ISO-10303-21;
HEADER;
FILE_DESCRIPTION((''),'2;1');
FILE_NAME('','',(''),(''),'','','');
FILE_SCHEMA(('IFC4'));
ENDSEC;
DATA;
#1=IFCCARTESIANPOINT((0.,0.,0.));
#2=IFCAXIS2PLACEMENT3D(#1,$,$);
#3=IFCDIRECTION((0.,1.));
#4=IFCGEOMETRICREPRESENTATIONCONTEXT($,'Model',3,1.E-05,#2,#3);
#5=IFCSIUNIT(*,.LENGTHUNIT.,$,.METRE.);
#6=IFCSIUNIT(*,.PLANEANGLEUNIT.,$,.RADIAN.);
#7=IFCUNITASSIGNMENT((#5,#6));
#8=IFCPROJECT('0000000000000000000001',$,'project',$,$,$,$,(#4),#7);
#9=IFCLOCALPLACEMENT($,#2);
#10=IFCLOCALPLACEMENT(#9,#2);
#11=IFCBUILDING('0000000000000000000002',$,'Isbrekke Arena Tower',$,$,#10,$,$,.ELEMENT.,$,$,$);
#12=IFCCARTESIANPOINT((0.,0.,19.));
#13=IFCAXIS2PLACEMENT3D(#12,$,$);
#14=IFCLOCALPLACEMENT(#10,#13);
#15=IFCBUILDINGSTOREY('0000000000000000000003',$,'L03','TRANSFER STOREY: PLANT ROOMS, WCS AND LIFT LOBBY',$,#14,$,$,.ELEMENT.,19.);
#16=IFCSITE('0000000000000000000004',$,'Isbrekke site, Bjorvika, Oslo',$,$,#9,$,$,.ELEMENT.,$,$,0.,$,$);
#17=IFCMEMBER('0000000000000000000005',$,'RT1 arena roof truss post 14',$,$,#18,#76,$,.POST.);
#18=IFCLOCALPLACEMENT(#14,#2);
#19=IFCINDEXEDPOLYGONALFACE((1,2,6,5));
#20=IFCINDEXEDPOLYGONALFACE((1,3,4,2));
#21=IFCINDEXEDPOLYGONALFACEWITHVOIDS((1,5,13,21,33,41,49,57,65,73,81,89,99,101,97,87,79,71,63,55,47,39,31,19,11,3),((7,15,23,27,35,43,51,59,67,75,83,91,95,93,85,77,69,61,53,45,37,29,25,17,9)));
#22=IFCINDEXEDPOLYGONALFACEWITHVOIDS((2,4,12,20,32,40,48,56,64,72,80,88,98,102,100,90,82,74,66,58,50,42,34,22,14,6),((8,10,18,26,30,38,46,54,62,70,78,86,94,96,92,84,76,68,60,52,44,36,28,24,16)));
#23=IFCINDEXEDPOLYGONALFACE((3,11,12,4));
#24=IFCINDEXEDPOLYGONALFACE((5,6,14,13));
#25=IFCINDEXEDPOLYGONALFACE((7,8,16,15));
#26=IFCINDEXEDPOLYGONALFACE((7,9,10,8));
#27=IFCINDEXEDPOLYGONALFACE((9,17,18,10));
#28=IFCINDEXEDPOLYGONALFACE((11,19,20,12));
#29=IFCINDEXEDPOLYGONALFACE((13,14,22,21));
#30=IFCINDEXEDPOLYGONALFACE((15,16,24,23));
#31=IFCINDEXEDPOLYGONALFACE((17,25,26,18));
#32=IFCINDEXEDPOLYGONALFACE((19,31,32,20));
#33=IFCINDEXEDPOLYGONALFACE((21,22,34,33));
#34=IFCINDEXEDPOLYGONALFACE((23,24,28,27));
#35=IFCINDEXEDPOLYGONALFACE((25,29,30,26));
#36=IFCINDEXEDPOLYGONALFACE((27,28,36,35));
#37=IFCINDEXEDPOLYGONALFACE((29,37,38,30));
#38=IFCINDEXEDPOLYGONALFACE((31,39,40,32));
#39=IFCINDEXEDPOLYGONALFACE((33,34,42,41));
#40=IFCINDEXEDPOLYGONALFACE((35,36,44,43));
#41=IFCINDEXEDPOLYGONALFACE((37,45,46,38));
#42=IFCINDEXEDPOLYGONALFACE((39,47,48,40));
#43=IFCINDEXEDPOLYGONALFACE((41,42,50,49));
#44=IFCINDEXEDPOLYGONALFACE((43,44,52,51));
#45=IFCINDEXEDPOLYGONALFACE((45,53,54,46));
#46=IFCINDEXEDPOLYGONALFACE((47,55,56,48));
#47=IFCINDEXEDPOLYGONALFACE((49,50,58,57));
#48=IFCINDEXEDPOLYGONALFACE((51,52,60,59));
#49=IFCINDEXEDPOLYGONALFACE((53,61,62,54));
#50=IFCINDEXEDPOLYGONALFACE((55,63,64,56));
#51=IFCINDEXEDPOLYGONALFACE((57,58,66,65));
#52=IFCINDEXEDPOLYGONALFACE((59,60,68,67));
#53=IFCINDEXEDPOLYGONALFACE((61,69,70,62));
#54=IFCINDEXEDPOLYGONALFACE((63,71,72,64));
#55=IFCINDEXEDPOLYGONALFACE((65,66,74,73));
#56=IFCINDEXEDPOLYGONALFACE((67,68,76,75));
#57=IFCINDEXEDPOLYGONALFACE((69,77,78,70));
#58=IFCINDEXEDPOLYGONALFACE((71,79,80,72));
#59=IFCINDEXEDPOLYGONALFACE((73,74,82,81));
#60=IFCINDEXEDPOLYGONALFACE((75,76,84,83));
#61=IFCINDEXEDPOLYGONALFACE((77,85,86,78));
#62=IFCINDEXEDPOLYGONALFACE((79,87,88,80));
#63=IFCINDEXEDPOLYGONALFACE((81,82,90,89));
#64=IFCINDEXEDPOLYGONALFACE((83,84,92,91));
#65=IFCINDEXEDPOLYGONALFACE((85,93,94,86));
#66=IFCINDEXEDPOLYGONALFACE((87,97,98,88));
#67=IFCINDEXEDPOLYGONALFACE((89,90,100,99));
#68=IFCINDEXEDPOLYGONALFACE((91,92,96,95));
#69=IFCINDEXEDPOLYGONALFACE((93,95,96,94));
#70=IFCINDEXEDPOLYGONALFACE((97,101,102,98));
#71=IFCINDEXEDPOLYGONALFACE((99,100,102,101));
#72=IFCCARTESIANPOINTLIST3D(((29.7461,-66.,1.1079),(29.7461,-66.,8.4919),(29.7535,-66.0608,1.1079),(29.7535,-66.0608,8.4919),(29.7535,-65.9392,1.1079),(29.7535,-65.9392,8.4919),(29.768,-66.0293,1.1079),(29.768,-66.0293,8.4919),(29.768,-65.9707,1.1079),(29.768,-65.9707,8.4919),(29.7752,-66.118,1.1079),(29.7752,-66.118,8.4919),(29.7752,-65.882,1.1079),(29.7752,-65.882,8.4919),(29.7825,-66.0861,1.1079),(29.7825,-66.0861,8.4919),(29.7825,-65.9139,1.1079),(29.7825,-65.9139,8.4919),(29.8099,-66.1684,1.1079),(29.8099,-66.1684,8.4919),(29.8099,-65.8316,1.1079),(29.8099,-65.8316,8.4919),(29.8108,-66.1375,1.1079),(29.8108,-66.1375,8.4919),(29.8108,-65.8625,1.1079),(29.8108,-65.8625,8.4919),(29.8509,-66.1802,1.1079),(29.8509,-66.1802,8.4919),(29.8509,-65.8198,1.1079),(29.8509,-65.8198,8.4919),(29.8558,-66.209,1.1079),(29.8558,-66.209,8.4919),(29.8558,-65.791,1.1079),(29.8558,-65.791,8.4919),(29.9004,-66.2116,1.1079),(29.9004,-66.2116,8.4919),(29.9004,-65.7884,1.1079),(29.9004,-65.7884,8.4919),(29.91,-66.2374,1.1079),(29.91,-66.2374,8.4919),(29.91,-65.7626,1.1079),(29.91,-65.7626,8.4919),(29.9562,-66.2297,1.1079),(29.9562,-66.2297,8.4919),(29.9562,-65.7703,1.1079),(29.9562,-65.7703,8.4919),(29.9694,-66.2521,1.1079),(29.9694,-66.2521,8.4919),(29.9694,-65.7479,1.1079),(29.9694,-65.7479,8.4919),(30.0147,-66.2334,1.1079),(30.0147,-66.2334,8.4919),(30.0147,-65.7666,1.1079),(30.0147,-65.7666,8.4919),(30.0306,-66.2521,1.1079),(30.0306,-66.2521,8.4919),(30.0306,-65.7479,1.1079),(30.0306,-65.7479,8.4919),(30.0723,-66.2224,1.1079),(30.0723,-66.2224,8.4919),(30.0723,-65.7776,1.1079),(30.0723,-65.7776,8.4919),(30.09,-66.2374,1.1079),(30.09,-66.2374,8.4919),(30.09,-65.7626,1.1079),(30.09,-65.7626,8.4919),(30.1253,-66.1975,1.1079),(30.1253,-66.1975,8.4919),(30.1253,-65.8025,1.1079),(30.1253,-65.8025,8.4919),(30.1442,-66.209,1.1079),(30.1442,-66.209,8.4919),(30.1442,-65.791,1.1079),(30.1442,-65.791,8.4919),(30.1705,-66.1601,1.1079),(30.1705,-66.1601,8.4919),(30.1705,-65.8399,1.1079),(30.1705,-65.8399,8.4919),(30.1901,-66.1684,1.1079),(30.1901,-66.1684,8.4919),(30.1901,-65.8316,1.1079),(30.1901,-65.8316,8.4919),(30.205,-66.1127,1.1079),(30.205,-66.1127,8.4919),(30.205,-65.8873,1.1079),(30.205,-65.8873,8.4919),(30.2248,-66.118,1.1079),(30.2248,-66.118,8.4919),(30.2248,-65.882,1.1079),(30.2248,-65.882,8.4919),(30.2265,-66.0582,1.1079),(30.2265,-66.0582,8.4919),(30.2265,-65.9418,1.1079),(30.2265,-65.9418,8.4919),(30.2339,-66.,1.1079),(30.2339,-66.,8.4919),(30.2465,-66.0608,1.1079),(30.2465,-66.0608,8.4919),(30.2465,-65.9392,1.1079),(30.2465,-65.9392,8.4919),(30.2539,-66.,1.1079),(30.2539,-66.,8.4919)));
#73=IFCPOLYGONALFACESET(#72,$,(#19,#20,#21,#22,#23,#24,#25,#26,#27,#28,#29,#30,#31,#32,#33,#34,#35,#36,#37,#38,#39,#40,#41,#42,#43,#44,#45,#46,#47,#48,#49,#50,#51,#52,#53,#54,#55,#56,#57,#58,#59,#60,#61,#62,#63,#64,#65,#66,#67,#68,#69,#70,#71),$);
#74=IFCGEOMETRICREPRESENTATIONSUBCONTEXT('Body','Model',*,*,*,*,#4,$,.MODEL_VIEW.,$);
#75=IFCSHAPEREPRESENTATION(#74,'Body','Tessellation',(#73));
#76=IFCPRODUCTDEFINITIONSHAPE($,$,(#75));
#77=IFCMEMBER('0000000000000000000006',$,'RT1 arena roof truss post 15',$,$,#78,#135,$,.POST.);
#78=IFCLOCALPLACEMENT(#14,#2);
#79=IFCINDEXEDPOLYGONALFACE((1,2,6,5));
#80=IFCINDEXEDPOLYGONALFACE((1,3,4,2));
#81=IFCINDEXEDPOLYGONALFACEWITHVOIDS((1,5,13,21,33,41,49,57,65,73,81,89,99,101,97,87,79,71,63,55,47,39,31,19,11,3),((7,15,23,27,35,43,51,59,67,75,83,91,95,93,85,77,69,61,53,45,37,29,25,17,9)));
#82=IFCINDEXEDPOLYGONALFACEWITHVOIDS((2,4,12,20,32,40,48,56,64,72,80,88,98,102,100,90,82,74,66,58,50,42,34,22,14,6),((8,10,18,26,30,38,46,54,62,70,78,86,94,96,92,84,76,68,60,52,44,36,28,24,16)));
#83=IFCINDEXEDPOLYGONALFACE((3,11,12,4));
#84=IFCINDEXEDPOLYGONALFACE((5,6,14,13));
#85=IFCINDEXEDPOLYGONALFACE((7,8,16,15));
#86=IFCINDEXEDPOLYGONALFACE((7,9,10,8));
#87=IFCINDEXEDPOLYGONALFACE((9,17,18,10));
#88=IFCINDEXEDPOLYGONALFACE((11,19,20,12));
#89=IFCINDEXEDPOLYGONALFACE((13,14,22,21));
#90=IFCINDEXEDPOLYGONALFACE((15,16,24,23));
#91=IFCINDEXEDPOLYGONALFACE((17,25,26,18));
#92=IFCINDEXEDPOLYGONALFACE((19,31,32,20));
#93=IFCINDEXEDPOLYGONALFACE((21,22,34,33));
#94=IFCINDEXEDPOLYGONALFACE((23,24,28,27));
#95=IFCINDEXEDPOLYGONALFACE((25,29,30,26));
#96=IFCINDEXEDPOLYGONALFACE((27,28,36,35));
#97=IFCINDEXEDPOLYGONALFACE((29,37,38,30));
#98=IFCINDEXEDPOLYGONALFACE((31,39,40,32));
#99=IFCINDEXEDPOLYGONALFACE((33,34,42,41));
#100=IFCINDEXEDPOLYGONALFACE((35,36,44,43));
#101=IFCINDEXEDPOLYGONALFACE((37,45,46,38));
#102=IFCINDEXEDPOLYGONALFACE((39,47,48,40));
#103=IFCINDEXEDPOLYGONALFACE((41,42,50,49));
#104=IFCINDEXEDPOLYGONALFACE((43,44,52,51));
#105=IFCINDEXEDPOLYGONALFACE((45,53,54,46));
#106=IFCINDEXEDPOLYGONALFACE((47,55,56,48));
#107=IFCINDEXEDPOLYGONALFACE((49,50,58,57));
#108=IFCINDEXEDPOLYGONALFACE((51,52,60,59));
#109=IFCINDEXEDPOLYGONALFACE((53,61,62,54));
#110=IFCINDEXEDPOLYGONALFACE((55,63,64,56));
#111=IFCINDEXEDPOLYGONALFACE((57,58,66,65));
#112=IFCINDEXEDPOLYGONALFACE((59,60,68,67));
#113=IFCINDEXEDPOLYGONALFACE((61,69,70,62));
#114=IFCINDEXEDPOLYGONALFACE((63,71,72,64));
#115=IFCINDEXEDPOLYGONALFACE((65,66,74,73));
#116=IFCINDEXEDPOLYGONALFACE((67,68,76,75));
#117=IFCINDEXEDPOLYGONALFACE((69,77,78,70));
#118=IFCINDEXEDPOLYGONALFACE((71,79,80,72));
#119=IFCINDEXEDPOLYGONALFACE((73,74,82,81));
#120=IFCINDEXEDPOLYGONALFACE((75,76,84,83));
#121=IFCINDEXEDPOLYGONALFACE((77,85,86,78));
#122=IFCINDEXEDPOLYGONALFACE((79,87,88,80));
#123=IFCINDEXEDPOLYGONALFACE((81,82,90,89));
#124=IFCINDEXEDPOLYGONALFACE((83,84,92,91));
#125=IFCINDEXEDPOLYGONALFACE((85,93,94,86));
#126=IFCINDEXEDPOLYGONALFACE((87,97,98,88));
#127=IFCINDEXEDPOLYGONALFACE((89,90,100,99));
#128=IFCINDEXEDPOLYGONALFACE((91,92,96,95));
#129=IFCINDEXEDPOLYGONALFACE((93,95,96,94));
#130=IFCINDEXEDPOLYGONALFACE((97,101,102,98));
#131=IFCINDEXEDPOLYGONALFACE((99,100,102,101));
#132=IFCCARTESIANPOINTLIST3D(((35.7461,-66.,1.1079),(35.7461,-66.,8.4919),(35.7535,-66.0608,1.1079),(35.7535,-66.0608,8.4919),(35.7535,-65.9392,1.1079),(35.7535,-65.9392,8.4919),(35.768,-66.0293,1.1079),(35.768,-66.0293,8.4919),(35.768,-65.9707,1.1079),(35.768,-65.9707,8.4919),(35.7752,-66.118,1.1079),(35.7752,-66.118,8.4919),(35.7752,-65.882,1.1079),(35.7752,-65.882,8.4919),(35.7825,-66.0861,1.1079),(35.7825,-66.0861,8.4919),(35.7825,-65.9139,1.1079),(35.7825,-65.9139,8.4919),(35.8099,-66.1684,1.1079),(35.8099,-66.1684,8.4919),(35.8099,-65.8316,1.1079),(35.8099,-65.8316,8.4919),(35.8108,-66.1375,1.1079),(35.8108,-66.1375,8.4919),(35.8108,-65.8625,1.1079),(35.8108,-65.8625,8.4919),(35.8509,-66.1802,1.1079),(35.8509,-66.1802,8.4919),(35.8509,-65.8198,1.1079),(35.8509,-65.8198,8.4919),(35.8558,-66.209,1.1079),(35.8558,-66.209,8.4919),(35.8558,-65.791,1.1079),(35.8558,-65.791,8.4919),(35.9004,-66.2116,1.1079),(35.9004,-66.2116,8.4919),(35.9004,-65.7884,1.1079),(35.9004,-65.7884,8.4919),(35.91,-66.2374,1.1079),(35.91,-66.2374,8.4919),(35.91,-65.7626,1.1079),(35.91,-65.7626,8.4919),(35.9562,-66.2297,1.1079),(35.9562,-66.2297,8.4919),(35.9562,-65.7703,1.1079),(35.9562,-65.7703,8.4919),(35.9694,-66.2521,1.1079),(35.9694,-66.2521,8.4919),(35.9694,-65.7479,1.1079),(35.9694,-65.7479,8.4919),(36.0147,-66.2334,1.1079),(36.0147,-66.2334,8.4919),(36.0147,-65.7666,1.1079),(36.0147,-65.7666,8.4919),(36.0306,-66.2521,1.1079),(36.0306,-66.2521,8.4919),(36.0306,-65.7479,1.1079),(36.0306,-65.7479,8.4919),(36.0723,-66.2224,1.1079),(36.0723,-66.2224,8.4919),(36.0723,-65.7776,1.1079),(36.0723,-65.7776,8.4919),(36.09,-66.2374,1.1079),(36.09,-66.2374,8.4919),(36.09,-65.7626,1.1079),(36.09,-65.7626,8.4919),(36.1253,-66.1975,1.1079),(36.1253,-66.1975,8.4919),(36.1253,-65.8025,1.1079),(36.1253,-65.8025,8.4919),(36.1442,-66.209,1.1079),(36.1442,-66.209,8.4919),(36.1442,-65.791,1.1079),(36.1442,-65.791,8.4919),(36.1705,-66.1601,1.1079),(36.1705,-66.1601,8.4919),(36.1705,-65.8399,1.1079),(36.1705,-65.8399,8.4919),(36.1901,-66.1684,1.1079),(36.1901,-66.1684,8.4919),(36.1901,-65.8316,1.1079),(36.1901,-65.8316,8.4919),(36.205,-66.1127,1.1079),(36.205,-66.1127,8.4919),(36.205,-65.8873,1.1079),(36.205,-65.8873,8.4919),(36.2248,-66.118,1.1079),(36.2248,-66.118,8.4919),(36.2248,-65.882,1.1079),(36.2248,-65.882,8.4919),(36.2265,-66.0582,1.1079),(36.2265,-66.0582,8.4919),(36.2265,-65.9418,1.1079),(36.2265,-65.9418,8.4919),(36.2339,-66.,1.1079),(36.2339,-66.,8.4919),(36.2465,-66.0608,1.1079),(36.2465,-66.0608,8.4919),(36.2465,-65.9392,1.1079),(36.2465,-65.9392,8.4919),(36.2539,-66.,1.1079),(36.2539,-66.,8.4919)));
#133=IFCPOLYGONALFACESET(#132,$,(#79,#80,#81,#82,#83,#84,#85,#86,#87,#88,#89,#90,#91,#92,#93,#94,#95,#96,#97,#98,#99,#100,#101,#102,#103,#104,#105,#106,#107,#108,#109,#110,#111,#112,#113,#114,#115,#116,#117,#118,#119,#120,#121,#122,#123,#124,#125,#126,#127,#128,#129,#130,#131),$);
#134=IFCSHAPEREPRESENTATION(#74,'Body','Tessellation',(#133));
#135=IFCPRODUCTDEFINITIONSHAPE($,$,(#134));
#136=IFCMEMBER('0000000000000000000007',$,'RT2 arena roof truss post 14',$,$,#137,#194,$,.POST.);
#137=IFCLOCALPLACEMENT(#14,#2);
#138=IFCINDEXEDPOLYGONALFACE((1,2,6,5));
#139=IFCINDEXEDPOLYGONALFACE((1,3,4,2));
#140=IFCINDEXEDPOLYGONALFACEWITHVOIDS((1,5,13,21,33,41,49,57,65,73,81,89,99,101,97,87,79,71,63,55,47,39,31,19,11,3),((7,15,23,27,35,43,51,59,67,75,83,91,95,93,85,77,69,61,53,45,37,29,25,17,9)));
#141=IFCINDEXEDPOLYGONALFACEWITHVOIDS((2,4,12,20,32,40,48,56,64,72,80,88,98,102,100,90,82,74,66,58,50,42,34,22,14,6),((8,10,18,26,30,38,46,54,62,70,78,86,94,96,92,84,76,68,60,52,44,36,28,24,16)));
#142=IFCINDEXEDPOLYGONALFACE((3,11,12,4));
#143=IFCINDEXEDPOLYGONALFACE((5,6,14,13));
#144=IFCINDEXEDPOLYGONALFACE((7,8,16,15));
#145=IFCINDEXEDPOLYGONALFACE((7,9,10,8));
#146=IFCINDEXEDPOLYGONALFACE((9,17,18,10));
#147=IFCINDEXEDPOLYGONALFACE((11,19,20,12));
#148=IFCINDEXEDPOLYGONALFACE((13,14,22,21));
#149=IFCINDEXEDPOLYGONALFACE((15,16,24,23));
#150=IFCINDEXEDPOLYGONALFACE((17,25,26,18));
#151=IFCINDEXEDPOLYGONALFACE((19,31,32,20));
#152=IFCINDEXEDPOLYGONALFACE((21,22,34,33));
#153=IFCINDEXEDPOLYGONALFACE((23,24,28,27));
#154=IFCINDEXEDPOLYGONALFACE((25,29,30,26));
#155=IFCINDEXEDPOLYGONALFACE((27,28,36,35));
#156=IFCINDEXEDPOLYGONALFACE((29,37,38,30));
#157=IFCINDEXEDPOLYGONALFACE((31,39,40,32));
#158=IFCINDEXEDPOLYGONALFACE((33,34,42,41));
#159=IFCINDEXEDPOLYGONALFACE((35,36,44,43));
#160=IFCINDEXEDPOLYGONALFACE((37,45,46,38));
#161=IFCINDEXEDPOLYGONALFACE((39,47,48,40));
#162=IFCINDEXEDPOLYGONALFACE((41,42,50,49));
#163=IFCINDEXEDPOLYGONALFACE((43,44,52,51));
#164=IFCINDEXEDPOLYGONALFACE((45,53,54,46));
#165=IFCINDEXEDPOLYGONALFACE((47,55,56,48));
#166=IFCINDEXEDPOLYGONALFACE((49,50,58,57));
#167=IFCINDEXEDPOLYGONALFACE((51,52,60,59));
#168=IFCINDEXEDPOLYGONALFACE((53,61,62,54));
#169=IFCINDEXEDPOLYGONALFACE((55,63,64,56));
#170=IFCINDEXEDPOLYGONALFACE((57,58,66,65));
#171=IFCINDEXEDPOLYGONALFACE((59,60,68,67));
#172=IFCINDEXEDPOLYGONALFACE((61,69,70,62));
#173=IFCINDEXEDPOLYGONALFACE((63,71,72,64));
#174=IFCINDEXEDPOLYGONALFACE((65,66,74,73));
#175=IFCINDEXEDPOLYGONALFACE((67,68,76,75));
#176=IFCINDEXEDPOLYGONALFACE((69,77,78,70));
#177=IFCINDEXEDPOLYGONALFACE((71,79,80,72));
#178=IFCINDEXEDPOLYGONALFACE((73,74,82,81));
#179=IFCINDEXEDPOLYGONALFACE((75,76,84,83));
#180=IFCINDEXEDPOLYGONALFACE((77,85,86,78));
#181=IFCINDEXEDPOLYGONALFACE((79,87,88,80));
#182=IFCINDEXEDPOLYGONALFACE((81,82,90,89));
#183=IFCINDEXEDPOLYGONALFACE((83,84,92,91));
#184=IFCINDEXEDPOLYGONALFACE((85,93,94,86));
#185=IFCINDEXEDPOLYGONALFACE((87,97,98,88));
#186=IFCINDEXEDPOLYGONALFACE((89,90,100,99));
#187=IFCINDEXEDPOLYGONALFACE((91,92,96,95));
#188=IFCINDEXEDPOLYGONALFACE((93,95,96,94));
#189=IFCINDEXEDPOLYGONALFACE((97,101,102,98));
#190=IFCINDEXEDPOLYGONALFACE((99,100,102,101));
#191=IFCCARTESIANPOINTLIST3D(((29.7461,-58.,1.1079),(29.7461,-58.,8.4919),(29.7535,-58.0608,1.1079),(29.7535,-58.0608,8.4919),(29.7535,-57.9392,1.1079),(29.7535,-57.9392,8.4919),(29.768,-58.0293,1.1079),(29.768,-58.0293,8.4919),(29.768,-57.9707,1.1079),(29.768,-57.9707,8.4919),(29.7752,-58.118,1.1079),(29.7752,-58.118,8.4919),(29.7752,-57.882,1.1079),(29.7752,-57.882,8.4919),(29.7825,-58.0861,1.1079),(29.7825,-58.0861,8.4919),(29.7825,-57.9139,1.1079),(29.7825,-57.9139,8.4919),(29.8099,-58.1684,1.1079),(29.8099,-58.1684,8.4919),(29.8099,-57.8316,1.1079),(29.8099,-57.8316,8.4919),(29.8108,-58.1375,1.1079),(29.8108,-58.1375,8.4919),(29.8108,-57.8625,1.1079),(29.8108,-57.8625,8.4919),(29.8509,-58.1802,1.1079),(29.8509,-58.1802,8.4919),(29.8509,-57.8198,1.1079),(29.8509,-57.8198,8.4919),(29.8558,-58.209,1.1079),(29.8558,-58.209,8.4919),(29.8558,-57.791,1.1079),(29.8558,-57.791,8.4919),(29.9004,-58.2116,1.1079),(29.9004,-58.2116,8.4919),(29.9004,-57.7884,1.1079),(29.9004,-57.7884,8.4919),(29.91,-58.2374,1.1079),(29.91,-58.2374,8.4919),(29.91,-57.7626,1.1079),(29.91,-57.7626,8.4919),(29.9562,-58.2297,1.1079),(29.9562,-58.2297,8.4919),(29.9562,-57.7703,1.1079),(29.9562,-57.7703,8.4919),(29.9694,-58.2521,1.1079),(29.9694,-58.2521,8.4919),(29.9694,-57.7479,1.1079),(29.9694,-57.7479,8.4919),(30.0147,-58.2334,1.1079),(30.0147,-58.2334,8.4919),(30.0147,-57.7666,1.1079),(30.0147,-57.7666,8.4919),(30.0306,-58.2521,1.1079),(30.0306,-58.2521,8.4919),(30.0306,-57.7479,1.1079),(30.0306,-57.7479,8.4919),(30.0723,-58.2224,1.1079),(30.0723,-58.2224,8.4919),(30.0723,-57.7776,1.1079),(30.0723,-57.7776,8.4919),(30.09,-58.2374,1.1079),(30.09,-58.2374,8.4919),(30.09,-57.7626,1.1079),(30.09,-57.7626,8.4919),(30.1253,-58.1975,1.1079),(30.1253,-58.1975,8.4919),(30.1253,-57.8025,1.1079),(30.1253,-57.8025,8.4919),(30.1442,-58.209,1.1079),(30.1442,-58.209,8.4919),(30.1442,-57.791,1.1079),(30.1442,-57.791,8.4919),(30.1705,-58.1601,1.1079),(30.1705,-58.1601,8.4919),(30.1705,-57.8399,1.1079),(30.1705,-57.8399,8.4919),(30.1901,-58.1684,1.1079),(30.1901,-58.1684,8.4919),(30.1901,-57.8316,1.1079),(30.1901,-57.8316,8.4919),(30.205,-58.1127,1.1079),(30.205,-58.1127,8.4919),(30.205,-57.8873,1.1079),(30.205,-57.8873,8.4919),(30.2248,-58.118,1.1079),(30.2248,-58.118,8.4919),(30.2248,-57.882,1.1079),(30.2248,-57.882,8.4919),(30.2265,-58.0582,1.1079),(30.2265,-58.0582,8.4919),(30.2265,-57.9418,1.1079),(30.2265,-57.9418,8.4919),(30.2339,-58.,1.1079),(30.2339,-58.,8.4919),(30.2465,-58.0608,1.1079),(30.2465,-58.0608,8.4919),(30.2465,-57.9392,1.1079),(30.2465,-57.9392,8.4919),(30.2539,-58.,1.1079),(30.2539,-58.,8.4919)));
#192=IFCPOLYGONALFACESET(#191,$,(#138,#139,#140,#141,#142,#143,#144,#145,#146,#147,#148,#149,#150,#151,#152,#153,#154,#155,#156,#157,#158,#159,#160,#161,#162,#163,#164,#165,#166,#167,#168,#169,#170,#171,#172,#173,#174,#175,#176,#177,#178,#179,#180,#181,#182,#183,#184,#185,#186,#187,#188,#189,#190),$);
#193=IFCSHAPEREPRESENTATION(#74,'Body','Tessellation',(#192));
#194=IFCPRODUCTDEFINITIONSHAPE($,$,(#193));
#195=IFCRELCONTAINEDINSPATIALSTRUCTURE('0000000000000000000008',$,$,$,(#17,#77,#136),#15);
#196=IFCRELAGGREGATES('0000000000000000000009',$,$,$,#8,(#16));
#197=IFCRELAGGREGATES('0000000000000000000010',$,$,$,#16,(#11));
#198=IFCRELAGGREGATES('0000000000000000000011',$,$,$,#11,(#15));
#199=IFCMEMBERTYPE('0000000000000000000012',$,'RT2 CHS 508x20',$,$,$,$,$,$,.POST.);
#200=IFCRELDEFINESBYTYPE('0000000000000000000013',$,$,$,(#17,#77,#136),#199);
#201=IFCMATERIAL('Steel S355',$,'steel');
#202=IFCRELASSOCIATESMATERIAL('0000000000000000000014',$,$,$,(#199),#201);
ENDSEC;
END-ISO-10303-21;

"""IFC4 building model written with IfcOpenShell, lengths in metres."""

from ifc_helpers import new_model, si_unit, direction, frame, origin, origin_2d, place, context, subcontext, project, spatial, hollow_circle, extrude, material, material_profile, profile_set, type_object, element, save


model = new_model("IFC4")

# Units and contexts
model_context = context("Model", 3, precision=1e-05, world=origin(), true_north=direction((0.0, 1.0)))
body_context = subcontext(model_context, "Body", "Model", "MODEL_VIEW")
ifc_project = project(units=[si_unit("LENGTHUNIT", "METRE"), si_unit("PLANEANGLEUNIT", "RADIAN")], contexts=[model_context])

# Site, building, storey
site_placement = place(None, origin())
site = spatial("IfcSite", under=ifc_project, at=site_placement, Name="Isbrekke site, Bjorvika, Oslo", CompositionType="ELEMENT", RefElevation=0.0)
building_placement = place(site_placement, origin())
building = spatial("IfcBuilding", under=site, at=building_placement, Name="Isbrekke Arena Tower", CompositionType="ELEMENT")
storey_placement = place(building_placement, frame((0.0, 0.0, 19.0)))
storey = spatial("IfcBuildingStorey", under=building, at=storey_placement, Name="L03", Description="TRANSFER STOREY: PLANT ROOMS, WCS AND LIFT LOBBY", CompositionType="ELEMENT", Elevation=19.0)

# Members
ifc_material_1 = material(Name="Steel S355", Category="steel")
ifc_material_profile_1 = material_profile(ifc_material_1, hollow_circle(Radius=0.2539, WallThickness=0.02, at=origin_2d()), Name="CHS 508x20")
ifc_profile_set_1 = profile_set([ifc_material_profile_1], Name="Steel S355")
member_type_1 = type_object("IfcMemberType", Name="RT2 CHS 508x20", PredefinedType="POST", material=ifc_profile_set_1)
for number, where, z_axis, x_axis, name in (
    (1, (30.0, -66.0, 1.1079), (0.0, 0.0, 1.0), (1.0, 0.0, 0.0), "RT1 arena roof truss post 14"),
    (2, (36.0, -66.0, 1.1079), (0.0, 0.0, 1.0), (1.0, 0.0, 0.0), "RT1 arena roof truss post 15"),
    (3, (30.0, -58.0, 1.1079), (0.0, 0.0, 1.0), (1.0, 0.0, 0.0), "RT2 arena roof truss post 14"),
):
    element("IfcMember", number, at=place(storey_placement, frame(where, z_axis=z_axis, x_axis=x_axis)), inside=storey, type_object=member_type_1, Name=name, PredefinedType="POST", context=body_context, shape_type="SweptSolid", body=[
        extrude(hollow_circle(Radius=0.2539, WallThickness=0.02, at=origin_2d()), origin(), (0.0, 0.0, 1.0), 7.384),
    ])

save(model, "model.ifc")
